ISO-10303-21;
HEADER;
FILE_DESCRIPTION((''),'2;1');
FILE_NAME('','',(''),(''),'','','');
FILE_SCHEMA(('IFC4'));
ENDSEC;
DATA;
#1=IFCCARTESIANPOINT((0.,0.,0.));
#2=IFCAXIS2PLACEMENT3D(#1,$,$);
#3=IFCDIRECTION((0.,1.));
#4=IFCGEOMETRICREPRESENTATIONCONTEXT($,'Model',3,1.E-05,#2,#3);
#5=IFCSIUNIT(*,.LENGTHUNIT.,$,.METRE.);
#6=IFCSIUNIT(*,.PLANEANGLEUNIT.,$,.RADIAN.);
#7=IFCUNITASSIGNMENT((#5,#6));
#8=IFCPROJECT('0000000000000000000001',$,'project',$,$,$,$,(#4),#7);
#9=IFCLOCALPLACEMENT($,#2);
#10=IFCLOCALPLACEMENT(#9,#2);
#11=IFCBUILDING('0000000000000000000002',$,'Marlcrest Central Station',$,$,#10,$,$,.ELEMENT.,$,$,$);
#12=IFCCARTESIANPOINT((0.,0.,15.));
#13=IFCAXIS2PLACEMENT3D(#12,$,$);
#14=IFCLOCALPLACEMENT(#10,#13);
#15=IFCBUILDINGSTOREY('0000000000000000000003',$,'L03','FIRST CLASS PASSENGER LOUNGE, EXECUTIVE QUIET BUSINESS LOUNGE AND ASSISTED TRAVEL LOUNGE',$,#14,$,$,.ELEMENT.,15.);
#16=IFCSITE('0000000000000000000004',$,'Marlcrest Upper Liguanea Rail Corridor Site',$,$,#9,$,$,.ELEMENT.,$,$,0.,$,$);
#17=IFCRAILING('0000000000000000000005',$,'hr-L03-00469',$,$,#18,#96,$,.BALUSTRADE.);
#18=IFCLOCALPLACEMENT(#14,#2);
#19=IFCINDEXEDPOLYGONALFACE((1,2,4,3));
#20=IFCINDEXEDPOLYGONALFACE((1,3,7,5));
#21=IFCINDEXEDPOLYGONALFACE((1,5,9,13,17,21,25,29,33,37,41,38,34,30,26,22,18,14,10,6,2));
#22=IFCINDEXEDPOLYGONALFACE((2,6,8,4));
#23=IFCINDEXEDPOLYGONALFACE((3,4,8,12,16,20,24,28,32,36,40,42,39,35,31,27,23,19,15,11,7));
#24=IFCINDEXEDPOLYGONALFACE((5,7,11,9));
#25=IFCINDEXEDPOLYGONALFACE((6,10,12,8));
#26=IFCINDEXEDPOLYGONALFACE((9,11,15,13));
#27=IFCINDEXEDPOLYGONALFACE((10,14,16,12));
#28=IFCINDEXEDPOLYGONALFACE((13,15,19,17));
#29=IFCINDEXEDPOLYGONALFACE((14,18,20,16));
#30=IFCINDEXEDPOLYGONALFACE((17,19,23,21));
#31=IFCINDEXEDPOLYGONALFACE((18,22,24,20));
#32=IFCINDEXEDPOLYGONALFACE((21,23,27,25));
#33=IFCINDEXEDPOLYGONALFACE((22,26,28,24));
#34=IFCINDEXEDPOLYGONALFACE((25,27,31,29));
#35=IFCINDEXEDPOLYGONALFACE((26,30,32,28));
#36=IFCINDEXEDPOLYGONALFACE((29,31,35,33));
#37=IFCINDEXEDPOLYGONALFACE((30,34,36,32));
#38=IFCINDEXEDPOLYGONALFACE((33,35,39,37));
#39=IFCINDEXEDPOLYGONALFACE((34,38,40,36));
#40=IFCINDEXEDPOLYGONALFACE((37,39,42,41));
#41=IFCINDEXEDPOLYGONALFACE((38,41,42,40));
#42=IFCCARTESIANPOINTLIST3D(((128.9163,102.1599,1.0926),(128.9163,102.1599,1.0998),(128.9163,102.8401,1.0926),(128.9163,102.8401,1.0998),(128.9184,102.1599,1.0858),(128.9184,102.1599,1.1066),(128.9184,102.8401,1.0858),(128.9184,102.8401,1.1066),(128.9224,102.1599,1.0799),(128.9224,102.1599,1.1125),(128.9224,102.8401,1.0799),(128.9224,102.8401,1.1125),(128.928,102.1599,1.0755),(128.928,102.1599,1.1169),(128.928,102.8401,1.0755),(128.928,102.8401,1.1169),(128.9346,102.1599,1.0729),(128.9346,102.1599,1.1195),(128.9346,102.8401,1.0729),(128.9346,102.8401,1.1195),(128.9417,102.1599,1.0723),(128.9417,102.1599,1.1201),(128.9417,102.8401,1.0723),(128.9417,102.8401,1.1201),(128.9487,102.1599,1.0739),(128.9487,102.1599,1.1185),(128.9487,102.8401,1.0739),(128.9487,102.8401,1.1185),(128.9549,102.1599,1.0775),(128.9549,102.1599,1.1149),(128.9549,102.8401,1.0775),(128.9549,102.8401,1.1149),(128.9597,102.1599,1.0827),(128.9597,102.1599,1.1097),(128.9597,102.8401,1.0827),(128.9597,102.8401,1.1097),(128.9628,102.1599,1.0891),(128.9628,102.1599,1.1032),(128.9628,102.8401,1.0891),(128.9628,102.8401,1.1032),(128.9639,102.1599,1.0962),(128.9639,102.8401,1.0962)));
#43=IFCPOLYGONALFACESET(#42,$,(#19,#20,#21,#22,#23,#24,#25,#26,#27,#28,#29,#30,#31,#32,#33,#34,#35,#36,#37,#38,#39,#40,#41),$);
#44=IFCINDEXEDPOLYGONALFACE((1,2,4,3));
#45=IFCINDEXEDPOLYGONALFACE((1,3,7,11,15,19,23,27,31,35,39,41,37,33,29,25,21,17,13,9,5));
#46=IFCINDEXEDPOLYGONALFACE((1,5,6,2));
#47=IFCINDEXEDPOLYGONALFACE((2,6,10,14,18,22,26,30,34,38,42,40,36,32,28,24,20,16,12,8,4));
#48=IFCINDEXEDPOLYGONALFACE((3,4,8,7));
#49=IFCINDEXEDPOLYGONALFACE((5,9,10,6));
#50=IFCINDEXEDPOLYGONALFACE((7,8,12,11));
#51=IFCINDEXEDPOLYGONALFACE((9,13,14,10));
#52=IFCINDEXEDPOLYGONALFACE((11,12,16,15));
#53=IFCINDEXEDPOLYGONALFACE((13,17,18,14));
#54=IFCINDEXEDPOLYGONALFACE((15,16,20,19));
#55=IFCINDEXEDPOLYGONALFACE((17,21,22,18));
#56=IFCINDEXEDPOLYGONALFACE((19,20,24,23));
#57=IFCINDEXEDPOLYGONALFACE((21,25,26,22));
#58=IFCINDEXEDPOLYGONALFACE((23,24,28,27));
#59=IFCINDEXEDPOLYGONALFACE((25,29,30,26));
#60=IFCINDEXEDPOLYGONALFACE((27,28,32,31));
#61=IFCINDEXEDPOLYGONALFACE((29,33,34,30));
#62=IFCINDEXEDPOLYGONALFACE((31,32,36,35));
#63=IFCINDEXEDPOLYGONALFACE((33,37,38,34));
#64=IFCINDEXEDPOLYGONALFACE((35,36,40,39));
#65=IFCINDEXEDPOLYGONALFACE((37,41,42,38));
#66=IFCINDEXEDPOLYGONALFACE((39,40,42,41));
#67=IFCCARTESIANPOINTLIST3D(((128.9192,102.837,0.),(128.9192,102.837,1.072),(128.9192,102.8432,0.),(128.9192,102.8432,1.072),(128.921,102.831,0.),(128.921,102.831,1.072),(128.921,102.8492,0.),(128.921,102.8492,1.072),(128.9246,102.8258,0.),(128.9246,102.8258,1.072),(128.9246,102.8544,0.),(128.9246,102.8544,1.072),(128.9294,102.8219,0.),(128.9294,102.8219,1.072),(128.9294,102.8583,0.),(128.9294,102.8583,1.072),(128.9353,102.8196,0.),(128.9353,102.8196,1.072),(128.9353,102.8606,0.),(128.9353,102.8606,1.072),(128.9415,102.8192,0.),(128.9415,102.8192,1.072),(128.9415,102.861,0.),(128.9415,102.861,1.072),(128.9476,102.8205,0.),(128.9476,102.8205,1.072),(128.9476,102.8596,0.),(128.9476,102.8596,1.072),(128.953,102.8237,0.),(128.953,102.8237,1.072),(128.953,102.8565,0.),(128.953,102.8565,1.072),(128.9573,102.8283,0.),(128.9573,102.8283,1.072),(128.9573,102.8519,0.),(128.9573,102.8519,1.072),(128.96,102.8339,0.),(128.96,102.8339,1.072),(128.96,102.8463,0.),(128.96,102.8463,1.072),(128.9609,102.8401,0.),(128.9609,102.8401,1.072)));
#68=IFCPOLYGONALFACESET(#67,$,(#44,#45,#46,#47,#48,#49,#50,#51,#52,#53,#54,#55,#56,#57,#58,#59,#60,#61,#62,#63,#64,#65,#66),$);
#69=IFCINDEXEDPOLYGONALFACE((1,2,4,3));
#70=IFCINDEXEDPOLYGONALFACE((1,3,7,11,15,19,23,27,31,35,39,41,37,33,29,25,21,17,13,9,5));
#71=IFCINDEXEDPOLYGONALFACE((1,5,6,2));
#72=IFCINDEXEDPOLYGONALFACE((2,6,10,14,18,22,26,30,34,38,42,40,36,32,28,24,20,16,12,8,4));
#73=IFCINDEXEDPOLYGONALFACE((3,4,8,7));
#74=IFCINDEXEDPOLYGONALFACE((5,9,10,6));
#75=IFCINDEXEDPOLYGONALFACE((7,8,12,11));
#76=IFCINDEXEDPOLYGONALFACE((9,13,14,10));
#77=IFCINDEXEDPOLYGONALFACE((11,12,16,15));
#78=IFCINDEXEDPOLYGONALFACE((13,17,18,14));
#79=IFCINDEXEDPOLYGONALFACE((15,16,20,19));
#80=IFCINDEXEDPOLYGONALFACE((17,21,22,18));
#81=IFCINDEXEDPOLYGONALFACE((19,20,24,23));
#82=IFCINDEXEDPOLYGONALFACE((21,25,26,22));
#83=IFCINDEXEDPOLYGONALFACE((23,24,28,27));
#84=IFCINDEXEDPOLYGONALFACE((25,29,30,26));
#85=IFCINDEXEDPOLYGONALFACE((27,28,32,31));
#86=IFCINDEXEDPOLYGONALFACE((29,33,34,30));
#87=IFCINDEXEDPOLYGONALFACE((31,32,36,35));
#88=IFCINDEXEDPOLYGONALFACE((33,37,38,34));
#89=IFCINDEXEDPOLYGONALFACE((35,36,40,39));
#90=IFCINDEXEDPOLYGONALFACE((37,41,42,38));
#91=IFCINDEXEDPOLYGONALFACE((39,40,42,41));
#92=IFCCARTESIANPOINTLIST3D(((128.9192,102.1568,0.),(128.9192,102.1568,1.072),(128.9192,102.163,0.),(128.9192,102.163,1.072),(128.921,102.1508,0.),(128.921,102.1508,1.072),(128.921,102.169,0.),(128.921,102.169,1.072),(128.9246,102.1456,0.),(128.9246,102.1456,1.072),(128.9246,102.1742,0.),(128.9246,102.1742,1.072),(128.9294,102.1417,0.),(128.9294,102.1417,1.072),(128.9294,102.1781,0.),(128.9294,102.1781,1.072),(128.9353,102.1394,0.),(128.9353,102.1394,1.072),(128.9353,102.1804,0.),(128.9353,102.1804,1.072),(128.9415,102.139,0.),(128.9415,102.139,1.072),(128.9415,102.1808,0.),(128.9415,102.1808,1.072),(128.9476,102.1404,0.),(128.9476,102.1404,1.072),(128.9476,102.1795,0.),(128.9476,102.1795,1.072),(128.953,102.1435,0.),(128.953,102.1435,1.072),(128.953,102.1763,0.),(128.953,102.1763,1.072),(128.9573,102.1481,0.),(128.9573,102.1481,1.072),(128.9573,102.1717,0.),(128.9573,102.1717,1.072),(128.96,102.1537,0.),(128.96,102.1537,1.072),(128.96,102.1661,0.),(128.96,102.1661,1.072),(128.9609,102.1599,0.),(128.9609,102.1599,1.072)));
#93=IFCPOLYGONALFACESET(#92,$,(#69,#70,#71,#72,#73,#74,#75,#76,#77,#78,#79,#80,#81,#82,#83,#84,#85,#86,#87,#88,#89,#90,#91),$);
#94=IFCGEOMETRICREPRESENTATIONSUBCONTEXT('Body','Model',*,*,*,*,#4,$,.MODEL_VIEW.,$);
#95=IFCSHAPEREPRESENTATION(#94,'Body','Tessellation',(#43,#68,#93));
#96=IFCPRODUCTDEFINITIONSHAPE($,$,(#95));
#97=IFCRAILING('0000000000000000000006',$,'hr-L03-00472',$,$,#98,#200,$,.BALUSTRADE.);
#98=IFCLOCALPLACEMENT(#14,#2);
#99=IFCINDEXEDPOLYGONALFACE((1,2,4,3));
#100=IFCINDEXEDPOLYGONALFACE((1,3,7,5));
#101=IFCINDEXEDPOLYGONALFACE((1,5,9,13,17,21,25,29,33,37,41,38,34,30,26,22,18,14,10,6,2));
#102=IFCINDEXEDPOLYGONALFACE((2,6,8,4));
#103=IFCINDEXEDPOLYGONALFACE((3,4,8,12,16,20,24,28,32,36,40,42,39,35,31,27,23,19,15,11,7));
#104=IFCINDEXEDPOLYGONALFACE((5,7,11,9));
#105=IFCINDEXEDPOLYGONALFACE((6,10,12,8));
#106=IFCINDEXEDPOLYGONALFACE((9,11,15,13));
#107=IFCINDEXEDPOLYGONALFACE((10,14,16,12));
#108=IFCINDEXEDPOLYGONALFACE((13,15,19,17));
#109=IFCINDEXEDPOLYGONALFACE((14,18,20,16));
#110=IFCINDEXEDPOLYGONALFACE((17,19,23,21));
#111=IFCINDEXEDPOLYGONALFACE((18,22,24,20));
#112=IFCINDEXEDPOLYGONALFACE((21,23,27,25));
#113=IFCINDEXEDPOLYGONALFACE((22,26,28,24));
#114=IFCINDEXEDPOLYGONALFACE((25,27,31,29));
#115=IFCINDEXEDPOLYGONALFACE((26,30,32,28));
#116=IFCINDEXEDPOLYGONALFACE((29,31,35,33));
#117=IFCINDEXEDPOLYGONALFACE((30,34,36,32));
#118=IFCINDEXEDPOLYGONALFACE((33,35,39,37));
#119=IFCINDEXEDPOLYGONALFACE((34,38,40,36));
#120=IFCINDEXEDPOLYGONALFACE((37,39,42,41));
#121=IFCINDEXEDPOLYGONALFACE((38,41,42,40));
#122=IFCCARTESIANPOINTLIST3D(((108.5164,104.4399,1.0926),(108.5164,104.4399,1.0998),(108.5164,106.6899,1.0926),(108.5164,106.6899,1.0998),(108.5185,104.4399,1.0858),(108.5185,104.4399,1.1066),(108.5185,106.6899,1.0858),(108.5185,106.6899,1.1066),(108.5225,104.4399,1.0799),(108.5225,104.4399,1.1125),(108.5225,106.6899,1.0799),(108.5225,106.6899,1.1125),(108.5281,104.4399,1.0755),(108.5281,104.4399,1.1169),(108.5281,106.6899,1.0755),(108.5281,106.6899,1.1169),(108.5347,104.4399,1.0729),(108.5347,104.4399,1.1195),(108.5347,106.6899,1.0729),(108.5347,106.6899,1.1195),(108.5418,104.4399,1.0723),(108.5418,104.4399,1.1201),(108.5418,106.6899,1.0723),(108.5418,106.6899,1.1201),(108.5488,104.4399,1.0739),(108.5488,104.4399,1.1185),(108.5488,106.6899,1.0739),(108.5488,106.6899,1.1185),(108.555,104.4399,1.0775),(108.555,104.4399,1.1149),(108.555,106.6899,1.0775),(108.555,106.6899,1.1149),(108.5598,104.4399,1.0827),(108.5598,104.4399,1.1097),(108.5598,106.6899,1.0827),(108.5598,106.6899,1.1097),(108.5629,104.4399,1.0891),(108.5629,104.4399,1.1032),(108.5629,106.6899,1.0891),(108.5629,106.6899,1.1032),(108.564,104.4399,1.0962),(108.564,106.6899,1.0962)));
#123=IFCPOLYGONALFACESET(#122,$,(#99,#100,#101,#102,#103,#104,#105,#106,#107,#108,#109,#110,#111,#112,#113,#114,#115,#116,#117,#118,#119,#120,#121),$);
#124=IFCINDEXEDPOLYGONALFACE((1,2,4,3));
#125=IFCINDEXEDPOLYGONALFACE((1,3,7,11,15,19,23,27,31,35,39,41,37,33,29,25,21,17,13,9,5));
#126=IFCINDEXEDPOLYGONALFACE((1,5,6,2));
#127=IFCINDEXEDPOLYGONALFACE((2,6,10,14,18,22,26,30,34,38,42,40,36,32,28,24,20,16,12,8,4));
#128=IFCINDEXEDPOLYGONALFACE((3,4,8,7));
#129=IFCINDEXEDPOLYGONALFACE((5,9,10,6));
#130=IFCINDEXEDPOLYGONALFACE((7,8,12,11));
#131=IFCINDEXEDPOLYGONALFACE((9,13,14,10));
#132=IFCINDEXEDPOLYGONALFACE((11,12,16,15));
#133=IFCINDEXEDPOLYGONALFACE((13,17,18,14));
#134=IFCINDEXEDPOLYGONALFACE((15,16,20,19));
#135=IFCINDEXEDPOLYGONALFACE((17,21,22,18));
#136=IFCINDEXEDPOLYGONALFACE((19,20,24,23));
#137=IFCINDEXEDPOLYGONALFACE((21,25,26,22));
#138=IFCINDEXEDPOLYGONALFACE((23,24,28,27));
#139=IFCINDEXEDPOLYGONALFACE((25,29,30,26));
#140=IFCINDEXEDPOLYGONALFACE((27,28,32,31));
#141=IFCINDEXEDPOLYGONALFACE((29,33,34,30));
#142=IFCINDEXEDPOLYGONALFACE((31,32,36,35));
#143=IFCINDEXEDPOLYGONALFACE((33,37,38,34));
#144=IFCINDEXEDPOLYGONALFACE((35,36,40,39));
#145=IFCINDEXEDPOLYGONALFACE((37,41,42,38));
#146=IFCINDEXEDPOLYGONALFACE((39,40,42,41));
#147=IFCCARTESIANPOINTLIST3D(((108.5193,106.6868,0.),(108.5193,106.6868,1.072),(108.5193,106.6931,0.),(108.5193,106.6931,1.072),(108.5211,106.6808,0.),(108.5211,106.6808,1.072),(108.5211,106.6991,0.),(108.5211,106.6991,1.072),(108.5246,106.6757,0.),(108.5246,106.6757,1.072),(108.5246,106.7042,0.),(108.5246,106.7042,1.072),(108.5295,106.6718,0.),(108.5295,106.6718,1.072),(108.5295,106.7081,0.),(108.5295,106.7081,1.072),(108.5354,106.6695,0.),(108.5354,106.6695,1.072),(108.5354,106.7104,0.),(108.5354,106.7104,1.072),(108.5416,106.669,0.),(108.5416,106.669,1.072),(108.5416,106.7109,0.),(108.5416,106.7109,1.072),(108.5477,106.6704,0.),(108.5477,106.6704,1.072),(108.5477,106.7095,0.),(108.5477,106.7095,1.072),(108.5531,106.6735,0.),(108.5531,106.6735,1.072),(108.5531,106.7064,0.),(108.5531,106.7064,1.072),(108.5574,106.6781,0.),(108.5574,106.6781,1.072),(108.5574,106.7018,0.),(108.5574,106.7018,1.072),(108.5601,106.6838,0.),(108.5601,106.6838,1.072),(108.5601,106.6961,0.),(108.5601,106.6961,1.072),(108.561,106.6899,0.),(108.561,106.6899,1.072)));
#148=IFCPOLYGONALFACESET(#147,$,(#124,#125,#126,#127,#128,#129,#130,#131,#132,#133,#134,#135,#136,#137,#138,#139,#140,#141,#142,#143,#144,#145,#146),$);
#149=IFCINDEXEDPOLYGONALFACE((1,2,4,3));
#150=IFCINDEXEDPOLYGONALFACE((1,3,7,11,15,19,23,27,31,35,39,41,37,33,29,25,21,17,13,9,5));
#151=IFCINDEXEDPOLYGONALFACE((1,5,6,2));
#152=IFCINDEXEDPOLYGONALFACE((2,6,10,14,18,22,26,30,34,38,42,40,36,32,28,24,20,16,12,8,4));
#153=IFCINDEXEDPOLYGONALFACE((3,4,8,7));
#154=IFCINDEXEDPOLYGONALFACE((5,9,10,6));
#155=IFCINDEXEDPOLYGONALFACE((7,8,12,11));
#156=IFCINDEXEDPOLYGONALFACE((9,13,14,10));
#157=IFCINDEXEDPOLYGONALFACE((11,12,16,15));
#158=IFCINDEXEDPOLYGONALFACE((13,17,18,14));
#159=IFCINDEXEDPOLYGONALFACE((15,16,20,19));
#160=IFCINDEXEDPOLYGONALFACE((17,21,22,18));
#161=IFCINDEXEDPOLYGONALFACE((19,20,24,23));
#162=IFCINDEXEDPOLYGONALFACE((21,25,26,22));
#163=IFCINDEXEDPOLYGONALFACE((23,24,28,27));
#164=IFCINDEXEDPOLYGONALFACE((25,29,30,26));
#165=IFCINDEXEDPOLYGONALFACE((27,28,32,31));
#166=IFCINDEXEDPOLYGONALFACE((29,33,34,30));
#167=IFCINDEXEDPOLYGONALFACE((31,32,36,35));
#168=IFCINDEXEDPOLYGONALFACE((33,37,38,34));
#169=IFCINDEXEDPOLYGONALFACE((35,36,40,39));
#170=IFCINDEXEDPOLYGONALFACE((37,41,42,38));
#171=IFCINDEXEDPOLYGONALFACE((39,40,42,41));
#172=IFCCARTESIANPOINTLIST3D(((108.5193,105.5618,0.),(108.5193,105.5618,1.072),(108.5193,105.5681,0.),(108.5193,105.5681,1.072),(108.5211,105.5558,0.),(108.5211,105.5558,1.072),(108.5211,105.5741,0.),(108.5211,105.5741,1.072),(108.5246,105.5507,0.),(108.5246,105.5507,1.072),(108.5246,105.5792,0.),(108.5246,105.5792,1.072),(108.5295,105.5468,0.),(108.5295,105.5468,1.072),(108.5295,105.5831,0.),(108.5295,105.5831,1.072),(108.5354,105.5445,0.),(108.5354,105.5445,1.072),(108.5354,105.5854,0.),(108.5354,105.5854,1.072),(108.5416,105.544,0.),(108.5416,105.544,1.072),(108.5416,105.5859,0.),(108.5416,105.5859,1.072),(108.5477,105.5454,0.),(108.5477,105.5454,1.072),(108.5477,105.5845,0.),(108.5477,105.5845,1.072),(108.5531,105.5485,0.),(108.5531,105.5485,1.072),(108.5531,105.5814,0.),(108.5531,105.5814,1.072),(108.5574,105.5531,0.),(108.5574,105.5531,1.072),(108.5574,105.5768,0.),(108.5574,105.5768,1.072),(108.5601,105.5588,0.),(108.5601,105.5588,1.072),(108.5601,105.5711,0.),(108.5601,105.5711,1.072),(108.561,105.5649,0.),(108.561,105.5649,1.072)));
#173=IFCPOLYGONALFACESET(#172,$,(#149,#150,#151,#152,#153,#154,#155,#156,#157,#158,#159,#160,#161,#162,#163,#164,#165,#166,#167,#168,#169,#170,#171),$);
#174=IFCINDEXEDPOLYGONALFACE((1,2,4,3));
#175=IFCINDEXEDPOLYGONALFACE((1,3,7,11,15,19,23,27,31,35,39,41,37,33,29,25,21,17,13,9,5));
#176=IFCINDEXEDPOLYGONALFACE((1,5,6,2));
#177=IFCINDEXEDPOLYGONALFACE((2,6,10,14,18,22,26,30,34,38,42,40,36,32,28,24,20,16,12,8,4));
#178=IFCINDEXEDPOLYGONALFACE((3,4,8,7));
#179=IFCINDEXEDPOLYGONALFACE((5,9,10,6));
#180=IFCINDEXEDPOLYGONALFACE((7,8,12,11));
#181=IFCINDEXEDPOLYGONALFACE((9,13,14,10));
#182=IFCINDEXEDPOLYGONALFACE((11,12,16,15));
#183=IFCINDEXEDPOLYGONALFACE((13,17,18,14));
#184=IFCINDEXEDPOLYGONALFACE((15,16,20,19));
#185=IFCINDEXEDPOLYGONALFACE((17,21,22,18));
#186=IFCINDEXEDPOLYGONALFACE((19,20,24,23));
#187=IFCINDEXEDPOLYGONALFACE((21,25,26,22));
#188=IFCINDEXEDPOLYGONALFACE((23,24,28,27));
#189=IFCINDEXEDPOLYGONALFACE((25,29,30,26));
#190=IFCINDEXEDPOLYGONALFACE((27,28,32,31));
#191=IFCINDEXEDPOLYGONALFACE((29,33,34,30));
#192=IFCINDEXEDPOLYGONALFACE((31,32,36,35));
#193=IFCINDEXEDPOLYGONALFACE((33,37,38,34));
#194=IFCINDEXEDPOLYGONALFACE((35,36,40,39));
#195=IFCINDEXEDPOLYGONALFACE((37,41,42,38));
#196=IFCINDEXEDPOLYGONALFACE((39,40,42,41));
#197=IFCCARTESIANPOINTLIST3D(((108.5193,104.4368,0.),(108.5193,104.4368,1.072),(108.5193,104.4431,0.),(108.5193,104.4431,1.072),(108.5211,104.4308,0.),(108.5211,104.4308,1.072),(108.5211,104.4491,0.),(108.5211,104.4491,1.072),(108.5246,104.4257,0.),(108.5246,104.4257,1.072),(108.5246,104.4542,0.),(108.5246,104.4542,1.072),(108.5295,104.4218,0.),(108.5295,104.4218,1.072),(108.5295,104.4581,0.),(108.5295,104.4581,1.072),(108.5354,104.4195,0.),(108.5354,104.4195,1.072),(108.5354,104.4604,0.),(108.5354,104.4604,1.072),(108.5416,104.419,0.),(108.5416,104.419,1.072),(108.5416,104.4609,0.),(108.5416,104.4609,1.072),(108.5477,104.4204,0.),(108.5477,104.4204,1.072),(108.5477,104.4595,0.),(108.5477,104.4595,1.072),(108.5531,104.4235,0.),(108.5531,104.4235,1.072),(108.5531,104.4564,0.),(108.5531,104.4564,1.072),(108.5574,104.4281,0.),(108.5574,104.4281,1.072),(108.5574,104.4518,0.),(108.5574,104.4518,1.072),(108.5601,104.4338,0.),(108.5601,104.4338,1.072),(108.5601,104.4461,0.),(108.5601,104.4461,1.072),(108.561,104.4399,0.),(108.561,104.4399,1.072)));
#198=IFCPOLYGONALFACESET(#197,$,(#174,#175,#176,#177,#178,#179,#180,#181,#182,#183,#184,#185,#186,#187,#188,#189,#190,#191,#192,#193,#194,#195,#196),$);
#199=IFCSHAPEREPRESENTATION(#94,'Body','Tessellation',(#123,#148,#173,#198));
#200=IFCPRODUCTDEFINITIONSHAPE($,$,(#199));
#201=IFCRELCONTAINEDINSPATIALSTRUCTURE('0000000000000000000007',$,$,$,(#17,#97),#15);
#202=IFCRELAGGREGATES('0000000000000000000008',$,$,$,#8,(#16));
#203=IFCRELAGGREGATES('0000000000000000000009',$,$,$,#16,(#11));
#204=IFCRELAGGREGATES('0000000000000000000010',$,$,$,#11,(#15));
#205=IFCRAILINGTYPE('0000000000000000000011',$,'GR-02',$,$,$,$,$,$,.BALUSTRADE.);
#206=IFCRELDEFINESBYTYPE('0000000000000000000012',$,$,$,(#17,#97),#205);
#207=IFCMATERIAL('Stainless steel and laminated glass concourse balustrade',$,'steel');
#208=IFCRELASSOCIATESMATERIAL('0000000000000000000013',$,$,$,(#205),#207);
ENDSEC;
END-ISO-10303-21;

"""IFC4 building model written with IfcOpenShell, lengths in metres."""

from ifc_helpers import new_model, si_unit, direction, frame, origin, origin_2d, place, context, subcontext, project, spatial, circle, extrude, material, type_object, element, save


model = new_model("IFC4")

# Units and contexts
model_context = context("Model", 3, precision=1e-05, world=origin(), true_north=direction((0.0, 1.0)))
body_context = subcontext(model_context, "Body", "Model", "MODEL_VIEW")
ifc_project = project(units=[si_unit("LENGTHUNIT", "METRE"), si_unit("PLANEANGLEUNIT", "RADIAN")], contexts=[model_context])

# Site, building, storey
site_placement = place(None, origin())
site = spatial("IfcSite", under=ifc_project, at=site_placement, Name="Marlcrest Upper Liguanea Rail Corridor Site", CompositionType="ELEMENT", RefElevation=0.0)
building_placement = place(site_placement, origin())
building = spatial("IfcBuilding", under=site, at=building_placement, Name="Marlcrest Central Station", CompositionType="ELEMENT")
storey_placement = place(building_placement, frame((0.0, 0.0, 15.0)))
storey = spatial("IfcBuildingStorey", under=building, at=storey_placement, Name="L03", Description="FIRST CLASS PASSENGER LOUNGE, EXECUTIVE QUIET BUSINESS LOUNGE AND ASSISTED TRAVEL LOUNGE", CompositionType="ELEMENT", Elevation=15.0)

# Railings
ifc_material_1 = material(Name="Stainless steel and laminated glass concourse balustrade", Category="steel")
railing_type = type_object("IfcRailingType", Name="GR-02", PredefinedType="BALUSTRADE", material=ifc_material_1)
railing_1_placement = place(storey_placement, frame((128.9399, 102.8401, 0.0)))
element("IfcRailing", 1, at=railing_1_placement, inside=storey, type_object=railing_type, Name="hr-L03-00469", PredefinedType="BALUSTRADE", context=body_context, shape_type="SweptSolid", body=[
    extrude(circle(Radius=0.0239, at=origin_2d()), frame((0.0, 0.0, 1.0962), z_axis=(0.0, -1.0, 0.0), x_axis=(1.0, 0.0, 0.0)), (0.0, 0.0, 1.0), 0.6802),
    extrude(circle(Radius=0.021, at=origin_2d()), origin(), (0.0, 0.0, 1.0), 1.072),
    extrude(circle(Radius=0.021, at=origin_2d()), frame((0.0, -0.6802, 0.0)), (0.0, 0.0, 1.0), 1.072),
])
railing_2_placement = place(storey_placement, frame((108.54, 106.6899, 0.0)))
element("IfcRailing", 2, at=railing_2_placement, inside=storey, type_object=railing_type, Name="hr-L03-00472", PredefinedType="BALUSTRADE", context=body_context, shape_type="SweptSolid", body=[
    extrude(circle(Radius=0.0239, at=origin_2d()), frame((0.0, 0.0, 1.0962), z_axis=(0.0, -1.0, 0.0), x_axis=(1.0, 0.0, 0.0)), (0.0, 0.0, 1.0), 2.25),
    extrude(circle(Radius=0.021, at=origin_2d()), origin(), (0.0, 0.0, 1.0), 1.072),
    extrude(circle(Radius=0.021, at=origin_2d()), frame((0.0, -1.125, 0.0)), (0.0, 0.0, 1.0), 1.072),
    extrude(circle(Radius=0.021, at=origin_2d()), frame((0.0, -2.25, 0.0)), (0.0, 0.0, 1.0), 1.072),
])

save(model, "model.ifc")
